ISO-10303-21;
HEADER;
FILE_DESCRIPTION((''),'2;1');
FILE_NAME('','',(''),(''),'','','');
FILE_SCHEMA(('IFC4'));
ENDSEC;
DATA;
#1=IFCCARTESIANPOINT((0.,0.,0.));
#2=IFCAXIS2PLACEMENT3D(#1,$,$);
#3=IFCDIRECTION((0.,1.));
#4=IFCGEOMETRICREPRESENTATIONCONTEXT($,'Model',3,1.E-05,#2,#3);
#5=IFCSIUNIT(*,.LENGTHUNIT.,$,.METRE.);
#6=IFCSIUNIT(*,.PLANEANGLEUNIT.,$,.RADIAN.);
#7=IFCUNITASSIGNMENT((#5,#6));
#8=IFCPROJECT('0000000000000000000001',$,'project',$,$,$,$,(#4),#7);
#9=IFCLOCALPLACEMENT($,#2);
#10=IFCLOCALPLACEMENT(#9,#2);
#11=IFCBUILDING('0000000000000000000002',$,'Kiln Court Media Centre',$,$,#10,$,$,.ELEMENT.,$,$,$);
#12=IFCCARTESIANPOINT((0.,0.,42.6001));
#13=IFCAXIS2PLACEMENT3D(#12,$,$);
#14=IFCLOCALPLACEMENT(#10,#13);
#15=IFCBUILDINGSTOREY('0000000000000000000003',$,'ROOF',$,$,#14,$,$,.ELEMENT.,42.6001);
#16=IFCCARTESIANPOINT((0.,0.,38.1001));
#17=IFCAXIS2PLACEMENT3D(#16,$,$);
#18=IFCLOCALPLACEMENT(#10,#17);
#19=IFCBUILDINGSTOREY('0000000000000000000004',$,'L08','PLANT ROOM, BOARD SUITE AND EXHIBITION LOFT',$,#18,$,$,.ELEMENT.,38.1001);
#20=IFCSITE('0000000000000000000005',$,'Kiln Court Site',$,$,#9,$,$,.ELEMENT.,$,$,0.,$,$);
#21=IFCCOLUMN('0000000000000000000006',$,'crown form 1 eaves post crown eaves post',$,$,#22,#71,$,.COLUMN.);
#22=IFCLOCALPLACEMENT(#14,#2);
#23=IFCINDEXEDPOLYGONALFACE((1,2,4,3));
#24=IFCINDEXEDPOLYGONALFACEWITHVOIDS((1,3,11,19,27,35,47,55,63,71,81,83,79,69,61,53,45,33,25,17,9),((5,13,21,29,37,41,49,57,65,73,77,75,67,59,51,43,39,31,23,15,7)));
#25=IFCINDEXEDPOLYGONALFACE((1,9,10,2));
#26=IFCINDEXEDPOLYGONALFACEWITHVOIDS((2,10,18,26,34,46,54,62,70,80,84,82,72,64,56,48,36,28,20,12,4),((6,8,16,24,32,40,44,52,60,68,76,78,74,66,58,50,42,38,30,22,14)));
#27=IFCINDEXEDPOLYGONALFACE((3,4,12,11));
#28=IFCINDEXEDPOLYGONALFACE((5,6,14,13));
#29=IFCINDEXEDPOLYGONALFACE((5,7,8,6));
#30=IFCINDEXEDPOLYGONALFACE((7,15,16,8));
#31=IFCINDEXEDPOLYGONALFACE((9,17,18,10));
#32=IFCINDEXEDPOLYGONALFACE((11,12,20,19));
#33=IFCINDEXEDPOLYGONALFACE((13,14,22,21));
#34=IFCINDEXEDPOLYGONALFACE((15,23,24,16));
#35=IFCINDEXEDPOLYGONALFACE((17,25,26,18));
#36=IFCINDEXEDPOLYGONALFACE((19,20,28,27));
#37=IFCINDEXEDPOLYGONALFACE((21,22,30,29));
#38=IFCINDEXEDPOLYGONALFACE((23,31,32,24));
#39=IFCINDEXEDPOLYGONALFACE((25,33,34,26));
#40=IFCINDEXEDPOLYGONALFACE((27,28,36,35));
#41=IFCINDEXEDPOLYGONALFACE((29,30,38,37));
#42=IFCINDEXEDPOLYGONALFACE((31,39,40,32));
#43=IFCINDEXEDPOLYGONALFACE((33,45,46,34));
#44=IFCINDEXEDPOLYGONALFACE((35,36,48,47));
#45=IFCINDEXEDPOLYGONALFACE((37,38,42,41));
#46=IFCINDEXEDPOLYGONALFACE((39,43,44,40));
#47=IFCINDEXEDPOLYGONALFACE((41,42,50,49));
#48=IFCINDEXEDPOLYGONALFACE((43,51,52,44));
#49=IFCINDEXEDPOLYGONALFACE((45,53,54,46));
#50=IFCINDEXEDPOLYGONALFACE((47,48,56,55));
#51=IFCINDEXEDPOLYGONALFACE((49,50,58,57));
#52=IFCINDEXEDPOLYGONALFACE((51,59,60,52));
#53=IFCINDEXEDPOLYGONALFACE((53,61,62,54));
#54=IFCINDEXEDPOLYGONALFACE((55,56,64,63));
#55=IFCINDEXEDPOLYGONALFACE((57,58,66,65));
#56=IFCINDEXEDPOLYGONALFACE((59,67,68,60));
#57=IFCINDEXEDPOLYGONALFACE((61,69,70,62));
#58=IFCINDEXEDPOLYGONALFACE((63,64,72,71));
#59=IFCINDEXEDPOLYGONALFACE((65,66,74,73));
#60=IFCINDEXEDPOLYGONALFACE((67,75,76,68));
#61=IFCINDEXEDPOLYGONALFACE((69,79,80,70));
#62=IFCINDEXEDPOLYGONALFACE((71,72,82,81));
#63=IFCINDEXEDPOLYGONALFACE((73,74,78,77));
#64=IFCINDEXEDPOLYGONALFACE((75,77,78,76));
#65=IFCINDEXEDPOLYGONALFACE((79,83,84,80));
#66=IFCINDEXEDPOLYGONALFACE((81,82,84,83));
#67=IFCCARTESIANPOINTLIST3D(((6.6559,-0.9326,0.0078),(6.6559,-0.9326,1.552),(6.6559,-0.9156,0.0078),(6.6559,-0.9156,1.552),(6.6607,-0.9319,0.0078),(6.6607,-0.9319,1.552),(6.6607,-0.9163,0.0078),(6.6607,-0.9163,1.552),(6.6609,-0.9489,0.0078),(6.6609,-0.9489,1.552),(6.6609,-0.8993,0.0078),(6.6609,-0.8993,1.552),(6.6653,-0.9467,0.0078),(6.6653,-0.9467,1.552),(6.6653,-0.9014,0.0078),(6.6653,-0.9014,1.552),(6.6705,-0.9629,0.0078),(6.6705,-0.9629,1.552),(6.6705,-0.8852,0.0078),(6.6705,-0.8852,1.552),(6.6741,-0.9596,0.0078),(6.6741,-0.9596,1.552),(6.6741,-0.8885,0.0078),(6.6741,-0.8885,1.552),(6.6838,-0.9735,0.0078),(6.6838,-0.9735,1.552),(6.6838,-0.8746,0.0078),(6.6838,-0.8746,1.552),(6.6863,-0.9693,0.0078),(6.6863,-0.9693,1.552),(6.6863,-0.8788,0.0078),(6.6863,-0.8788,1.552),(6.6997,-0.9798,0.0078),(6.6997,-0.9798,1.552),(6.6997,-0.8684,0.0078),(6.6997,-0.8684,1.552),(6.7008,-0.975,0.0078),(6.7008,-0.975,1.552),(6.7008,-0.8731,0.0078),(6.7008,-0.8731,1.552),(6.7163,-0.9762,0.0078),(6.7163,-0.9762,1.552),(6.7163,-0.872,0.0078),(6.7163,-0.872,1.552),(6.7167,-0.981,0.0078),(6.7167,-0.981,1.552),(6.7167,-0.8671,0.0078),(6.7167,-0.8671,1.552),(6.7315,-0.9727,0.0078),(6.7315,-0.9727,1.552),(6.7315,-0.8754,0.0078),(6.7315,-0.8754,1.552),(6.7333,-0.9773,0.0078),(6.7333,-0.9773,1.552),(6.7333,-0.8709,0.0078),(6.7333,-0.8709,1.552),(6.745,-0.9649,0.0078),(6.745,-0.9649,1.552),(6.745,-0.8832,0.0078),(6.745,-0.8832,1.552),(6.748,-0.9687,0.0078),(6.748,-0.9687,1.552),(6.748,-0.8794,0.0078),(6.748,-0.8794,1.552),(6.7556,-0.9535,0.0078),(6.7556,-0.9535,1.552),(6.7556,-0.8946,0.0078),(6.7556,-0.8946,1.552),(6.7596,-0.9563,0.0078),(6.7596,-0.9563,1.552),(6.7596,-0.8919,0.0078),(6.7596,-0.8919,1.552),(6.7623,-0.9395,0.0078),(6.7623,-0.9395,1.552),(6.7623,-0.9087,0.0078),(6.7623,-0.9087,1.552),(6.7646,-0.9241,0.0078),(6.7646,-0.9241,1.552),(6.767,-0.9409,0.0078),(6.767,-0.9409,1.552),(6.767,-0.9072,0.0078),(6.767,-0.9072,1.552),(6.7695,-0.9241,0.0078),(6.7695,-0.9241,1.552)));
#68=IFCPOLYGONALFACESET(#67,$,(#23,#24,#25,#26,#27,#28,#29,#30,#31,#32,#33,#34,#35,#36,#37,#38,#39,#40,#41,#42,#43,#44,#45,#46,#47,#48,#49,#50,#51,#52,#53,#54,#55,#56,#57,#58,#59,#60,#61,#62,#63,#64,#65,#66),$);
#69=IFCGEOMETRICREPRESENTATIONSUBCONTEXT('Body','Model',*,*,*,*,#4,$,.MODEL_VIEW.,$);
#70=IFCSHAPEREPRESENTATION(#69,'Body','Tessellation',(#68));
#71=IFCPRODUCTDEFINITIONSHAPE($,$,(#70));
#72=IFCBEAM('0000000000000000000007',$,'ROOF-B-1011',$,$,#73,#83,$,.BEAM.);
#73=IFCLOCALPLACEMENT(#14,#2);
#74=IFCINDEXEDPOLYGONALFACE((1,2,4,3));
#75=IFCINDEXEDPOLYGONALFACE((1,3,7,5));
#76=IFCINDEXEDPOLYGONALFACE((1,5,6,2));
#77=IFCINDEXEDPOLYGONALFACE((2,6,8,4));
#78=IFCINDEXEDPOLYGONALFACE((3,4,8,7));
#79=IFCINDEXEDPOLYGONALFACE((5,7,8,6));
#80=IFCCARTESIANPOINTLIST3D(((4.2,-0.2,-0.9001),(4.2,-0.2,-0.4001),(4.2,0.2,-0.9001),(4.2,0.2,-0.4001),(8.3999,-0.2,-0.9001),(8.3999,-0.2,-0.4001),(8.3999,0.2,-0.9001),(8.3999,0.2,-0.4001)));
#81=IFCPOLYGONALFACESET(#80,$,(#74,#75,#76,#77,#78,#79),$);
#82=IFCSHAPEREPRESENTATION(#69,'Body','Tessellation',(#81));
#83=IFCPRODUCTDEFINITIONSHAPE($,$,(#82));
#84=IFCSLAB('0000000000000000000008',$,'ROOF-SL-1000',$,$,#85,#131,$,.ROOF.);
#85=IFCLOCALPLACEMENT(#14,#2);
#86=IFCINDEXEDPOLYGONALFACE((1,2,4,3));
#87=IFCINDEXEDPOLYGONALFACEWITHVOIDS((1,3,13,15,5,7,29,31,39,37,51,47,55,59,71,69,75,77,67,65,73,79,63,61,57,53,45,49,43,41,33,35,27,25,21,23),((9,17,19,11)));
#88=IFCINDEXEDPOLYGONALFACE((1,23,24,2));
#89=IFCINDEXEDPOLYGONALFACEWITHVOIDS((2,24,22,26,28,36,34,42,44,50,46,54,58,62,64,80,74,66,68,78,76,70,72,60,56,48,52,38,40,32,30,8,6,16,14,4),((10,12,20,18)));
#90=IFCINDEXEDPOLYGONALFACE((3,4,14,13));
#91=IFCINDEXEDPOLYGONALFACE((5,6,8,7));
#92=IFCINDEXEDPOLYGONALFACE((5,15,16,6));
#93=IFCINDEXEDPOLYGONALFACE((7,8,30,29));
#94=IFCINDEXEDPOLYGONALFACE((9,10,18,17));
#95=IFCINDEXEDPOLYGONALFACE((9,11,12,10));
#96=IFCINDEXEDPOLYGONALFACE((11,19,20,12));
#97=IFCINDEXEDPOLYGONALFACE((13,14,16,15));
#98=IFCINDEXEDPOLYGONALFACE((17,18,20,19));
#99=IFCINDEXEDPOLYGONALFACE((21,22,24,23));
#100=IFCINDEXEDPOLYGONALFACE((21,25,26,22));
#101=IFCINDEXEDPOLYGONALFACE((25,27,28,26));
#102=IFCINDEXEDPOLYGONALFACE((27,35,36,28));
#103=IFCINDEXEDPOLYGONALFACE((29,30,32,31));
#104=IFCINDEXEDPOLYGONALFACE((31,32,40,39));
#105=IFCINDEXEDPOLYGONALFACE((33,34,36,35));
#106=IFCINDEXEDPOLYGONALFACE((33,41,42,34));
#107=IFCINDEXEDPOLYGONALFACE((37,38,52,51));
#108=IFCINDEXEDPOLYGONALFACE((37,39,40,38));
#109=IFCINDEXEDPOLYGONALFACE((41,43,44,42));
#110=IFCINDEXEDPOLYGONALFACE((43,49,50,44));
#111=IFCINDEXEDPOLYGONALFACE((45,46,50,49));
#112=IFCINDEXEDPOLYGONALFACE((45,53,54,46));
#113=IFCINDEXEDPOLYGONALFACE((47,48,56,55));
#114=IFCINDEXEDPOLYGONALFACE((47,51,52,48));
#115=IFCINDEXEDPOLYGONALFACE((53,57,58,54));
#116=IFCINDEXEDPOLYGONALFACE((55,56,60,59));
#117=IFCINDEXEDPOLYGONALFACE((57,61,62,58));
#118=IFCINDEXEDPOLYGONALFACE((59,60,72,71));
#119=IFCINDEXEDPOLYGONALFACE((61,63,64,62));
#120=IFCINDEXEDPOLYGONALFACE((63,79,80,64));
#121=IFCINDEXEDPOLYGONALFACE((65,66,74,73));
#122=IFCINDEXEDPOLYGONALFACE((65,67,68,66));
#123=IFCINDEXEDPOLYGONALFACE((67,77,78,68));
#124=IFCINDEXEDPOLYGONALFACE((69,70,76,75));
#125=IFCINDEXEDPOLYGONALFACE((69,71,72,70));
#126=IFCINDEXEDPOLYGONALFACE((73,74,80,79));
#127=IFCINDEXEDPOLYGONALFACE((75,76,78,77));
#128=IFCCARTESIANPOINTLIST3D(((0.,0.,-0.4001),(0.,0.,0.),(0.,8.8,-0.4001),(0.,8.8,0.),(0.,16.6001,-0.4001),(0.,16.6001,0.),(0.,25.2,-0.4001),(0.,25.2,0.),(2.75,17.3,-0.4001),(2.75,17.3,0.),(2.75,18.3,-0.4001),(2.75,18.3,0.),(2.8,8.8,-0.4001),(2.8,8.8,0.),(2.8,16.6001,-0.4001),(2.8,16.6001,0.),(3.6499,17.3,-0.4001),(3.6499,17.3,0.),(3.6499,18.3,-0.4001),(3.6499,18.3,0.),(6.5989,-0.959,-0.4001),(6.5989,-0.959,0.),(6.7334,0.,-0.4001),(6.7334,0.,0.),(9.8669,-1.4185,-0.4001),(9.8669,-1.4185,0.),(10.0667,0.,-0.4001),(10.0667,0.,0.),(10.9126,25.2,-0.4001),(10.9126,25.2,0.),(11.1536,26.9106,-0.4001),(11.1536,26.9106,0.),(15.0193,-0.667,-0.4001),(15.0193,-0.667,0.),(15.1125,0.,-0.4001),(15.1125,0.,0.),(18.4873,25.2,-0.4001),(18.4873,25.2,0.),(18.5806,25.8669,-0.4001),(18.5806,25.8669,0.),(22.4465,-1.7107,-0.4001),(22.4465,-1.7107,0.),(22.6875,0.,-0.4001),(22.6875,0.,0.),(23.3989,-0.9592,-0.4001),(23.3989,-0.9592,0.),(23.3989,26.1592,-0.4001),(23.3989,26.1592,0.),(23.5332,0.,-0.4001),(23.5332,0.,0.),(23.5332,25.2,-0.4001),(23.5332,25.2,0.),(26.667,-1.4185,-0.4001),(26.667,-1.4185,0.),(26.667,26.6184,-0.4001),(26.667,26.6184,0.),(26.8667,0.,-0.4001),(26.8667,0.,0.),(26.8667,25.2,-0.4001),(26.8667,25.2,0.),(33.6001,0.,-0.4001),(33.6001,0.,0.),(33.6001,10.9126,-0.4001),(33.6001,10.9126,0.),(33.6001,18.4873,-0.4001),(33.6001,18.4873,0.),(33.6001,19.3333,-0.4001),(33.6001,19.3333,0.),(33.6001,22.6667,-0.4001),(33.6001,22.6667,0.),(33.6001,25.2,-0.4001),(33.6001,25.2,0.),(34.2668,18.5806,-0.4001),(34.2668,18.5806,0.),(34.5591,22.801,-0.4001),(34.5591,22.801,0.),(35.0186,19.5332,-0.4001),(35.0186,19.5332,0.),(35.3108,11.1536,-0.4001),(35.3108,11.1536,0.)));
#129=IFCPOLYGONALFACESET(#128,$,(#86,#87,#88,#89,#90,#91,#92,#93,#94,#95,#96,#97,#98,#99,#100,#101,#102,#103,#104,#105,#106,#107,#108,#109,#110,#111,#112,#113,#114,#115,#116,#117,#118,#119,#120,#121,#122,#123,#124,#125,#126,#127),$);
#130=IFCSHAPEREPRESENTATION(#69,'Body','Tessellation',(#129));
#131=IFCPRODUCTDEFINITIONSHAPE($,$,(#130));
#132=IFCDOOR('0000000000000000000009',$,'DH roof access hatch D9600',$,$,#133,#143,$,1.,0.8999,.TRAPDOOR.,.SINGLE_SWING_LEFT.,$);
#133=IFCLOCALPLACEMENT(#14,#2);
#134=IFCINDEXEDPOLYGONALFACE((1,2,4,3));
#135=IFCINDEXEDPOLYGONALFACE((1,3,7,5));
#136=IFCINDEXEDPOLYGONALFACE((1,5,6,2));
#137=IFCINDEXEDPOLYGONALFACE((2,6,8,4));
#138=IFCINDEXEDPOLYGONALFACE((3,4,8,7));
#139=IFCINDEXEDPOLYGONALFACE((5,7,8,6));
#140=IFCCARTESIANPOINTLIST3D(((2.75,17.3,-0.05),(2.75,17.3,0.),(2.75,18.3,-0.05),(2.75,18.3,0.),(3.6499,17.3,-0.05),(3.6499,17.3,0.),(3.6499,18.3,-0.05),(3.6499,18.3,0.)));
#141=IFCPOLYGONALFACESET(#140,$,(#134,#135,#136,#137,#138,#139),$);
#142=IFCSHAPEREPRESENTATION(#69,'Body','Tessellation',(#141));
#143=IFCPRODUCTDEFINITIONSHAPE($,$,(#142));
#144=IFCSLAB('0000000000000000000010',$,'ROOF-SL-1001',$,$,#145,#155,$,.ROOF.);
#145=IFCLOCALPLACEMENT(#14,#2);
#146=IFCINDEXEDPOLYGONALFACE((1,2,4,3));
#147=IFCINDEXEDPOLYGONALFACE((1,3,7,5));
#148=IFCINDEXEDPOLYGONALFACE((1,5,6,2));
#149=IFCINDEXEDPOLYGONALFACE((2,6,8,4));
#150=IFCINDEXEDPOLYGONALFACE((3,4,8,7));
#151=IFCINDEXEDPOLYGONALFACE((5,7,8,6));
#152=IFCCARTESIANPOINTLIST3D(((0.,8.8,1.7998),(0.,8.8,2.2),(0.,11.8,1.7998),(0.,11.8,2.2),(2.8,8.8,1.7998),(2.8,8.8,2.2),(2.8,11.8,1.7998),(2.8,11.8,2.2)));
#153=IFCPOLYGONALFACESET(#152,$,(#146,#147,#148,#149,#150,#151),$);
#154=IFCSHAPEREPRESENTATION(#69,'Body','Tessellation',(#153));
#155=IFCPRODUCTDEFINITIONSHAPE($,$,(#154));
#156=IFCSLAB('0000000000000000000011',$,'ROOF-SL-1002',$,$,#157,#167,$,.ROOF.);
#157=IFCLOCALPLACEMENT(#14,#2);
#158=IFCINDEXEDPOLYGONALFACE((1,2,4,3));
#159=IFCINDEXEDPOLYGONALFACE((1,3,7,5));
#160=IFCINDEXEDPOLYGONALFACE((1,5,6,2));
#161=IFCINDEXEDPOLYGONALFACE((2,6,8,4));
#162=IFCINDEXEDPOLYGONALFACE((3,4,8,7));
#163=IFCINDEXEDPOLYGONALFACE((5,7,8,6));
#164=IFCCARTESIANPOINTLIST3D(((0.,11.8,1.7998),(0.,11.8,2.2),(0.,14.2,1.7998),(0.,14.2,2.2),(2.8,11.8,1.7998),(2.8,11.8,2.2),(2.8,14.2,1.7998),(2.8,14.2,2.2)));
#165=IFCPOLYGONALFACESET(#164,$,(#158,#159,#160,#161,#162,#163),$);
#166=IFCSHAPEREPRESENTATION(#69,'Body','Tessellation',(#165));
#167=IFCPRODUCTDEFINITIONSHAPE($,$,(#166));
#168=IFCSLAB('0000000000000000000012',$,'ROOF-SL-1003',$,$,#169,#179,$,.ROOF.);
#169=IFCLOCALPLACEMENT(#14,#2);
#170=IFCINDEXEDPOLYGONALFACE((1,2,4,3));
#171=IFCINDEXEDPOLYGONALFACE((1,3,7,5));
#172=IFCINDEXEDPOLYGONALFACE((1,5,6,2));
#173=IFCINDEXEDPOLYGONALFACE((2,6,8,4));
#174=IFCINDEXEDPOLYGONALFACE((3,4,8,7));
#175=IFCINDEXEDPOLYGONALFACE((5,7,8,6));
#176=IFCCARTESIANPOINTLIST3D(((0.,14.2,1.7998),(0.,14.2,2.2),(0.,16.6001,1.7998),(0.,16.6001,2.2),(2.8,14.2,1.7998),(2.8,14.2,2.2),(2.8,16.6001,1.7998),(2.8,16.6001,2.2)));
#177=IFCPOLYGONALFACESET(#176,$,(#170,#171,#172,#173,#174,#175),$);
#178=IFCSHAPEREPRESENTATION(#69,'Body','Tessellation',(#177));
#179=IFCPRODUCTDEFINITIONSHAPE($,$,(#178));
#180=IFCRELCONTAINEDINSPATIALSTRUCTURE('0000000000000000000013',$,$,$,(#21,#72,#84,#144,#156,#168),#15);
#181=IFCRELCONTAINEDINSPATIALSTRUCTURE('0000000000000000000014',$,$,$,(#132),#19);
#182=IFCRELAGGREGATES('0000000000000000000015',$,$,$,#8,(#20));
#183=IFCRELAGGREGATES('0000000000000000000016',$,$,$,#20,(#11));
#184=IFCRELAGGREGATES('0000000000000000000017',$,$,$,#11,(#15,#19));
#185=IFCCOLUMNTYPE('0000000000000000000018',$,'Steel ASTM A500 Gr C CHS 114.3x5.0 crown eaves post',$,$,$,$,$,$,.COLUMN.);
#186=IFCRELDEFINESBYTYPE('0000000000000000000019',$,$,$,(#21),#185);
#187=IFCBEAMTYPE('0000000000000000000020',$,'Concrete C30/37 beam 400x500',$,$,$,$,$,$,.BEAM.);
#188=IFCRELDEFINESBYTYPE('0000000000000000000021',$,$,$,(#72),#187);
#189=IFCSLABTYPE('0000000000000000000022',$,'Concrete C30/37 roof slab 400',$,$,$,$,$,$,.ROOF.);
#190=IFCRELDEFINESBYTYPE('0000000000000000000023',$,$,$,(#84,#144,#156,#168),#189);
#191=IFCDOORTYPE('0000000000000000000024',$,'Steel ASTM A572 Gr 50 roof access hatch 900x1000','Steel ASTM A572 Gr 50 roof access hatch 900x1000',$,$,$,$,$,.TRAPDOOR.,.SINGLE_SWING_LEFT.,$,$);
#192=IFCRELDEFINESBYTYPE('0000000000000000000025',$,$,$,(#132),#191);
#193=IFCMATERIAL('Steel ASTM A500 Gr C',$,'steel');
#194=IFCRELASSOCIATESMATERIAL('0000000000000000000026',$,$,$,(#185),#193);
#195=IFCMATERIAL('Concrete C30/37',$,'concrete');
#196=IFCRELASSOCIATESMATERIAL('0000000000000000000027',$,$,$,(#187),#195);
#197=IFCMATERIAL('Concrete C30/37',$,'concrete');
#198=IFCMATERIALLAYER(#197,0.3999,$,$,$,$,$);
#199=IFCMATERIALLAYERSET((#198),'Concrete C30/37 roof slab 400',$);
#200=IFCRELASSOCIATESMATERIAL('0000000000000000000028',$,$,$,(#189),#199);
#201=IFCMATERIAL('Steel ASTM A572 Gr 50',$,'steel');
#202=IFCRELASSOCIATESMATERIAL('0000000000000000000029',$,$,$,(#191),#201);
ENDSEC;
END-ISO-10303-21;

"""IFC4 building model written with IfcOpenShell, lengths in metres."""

from ifc_helpers import new_model, si_unit, direction, frame, origin, origin_2d, place, context, subcontext, project, spatial, polyline, rectangle, hollow_circle, outline, extrude, material, layer, layer_set, material_profile, profile_set, type_object, element, fill, save


model = new_model("IFC4")

# Units and contexts
model_context = context("Model", 3, precision=1e-05, world=origin(), true_north=direction((0.0, 1.0)))
body_context = subcontext(model_context, "Body", "Model", "MODEL_VIEW")
ifc_project = project(units=[si_unit("LENGTHUNIT", "METRE"), si_unit("PLANEANGLEUNIT", "RADIAN")], contexts=[model_context])

# Site, building, storey
site_placement = place(None, origin())
site = spatial("IfcSite", under=ifc_project, at=site_placement, Name="Kiln Court Site", CompositionType="ELEMENT", RefElevation=0.0)
building_placement = place(site_placement, origin())
building = spatial("IfcBuilding", under=site, at=building_placement, Name="Kiln Court Media Centre", CompositionType="ELEMENT")
storey_1_placement = place(building_placement, frame((0.0, 0.0, 42.6001)))
storey_1 = spatial("IfcBuildingStorey", under=building, at=storey_1_placement, Name="ROOF", CompositionType="ELEMENT", Elevation=42.6001)

# Column
ifc_material_1 = material(Name="Steel ASTM A500 Gr C", Category="steel")
ifc_material_profile_1 = material_profile(ifc_material_1, hollow_circle(Radius=0.0571, WallThickness=0.0049, at=origin_2d()), Name="CHS 114.3x5.0")
ifc_profile_set_1 = profile_set([ifc_material_profile_1], Name="Steel ASTM A500 Gr C")
column_type = type_object("IfcColumnType", Name="Steel ASTM A500 Gr C CHS 114.3x5.0 crown eaves post", PredefinedType="COLUMN", material=ifc_profile_set_1)
column_placement = place(storey_1_placement, frame((6.7124, -0.9241, 0.0078), z_axis=(0.0, 0.0, 1.0), x_axis=(1.0, 0.0, 0.0)))
element("IfcColumn", 1, at=column_placement, inside=storey_1, type_object=column_type, Name="crown form 1 eaves post crown eaves post", PredefinedType="COLUMN", context=body_context, shape_type="SweptSolid", body=[
    extrude(hollow_circle(Radius=0.0571, WallThickness=0.0049, at=origin_2d()), origin(), (0.0, 0.0, 1.0), 1.5442),
])

# Beam
ifc_material_2 = material(Name="Concrete C30/37", Category="concrete")
ifc_material_profile_2 = material_profile(ifc_material_2, rectangle(XDim=0.3999, YDim=0.5, at=origin_2d()), Name="RC 400x500")
ifc_profile_set_2 = profile_set([ifc_material_profile_2], Name="Concrete C30/37")
beam_type = type_object("IfcBeamType", Name="Concrete C30/37 beam 400x500", PredefinedType="BEAM", material=ifc_profile_set_2)
beam_placement = place(storey_1_placement, frame((4.2, 0.0, -0.6501), z_axis=(1.0, 0.0, 0.0), x_axis=(0.0, 1.0, 0.0)))
element("IfcBeam", 2, at=beam_placement, inside=storey_1, type_object=beam_type, Name="ROOF-B-1011", PredefinedType="BEAM", context=body_context, shape_type="SweptSolid", body=[
    extrude(rectangle(XDim=0.3999, YDim=0.5, at=origin_2d()), origin(), (0.0, 0.0, 1.0), 4.2),
])

# Slab, opening
ifc_material_3 = material(Name="Concrete C30/37", Category="concrete")
ifc_layer_1 = layer(ifc_material_3, 0.3999)
ifc_layer_set_1 = layer_set([ifc_layer_1], Name="Concrete C30/37 roof slab 400")
slab_type = type_object("IfcSlabType", Name="Concrete C30/37 roof slab 400", PredefinedType="ROOF", material=ifc_layer_set_1)
slab_1_placement = place(storey_1_placement, frame((0.0, 0.0, -0.4001)))
slab_1 = element("IfcSlab", 3, at=slab_1_placement, inside=storey_1, type_object=slab_type, Name="ROOF-SL-1000", PredefinedType="ROOF", context=body_context, shape_type="SweptSolid", body=[
    extrude(outline(polyline([(22.4465, -1.7107), (15.0193, -0.667), (15.1125, 0.0), (10.0667, 0.0), (9.8669, -1.4185), (6.5989, -0.959), (6.7334, 0.0), (0.0, 0.0), (0.0, 8.8), (2.8, 8.8), (2.8, 16.6001), (0.0, 16.6001), (0.0, 25.2), (10.9126, 25.2), (11.1536, 26.9106), (18.5806, 25.8669), (18.4873, 25.2), (23.5332, 25.2), (23.3989, 26.1592), (26.667, 26.6184), (26.8667, 25.2), (33.6001, 25.2), (33.6001, 22.6667), (34.5591, 22.801), (35.0186, 19.5332), (33.6001, 19.3333), (33.6001, 18.4873), (34.2668, 18.5806), (35.3108, 11.1536), (33.6001, 10.9126), (33.6001, 0.0), (26.8667, 0.0), (26.667, -1.4185), (23.3989, -0.9592), (23.5332, 0.0), (22.6875, 0.0), (22.4465, -1.7107)]), holes=[polyline([(2.75, 17.3), (3.6499, 17.3), (3.6499, 18.3), (2.75, 18.3), (2.75, 17.3)])]), origin(), (0.0, 0.0, 1.0), 0.4001),
])
opening_1_placement = place(slab_1_placement, frame((3.2, 17.8, 0.0)))
opening_1 = element("IfcOpeningElement", 4, at=opening_1_placement, cuts=slab_1, PredefinedType="OPENING", context=body_context, shape_type="SweptSolid", body=[
    extrude(rectangle(XDim=0.8999, YDim=1.0, at=origin_2d()), frame((0.0, 0.0, -0.01)), (0.0, 0.0, 1.0), 0.4202),
])

# Shared definitions
storey_2_placement = place(building_placement, frame((0.0, 0.0, 38.1001)))
storey_2 = spatial("IfcBuildingStorey", under=building, at=storey_2_placement, Name="L08", Description="PLANT ROOM, BOARD SUITE AND EXHIBITION LOFT", CompositionType="ELEMENT", Elevation=38.1001)

# Door
ifc_material_4 = material(Name="Steel ASTM A572 Gr 50", Category="steel")
door_type = type_object("IfcDoorType", Name="Steel ASTM A572 Gr 50 roof access hatch 900x1000", Description="Steel ASTM A572 Gr 50 roof access hatch 900x1000", OperationType="SINGLE_SWING_LEFT", PredefinedType="TRAPDOOR", material=ifc_material_4)
door_placement = place(opening_1_placement, frame((0.0, 0.0, 0.3501)))
door = element("IfcDoor", 5, at=door_placement, inside=storey_2, type_object=door_type, Name="DH roof access hatch D9600", OperationType="SINGLE_SWING_LEFT", OverallHeight=1.0, OverallWidth=0.8999, PredefinedType="TRAPDOOR", context=body_context, shape_type="SweptSolid", body=[
    extrude(rectangle(XDim=0.8999, YDim=1.0, at=origin_2d()), origin(), (0.0, 0.0, 1.0), 0.05),
])
fill(opening_1, door)

# Slabs
slab_2_placement = place(storey_1_placement, frame((0.0, 0.0, 1.7998)))
element("IfcSlab", 6, at=slab_2_placement, inside=storey_1, type_object=slab_type, Name="ROOF-SL-1001", PredefinedType="ROOF", context=body_context, shape_type="SweptSolid", body=[
    extrude(outline(polyline([(0.0, 8.8), (0.0, 11.8), (2.8, 11.8), (2.8, 8.8), (0.0, 8.8)])), origin(), (0.0, 0.0, 1.0), 0.4001),
])
slab_3_placement = place(storey_1_placement, frame((0.0, 0.0, 1.7998)))
element("IfcSlab", 7, at=slab_3_placement, inside=storey_1, type_object=slab_type, Name="ROOF-SL-1002", PredefinedType="ROOF", context=body_context, shape_type="SweptSolid", body=[
    extrude(outline(polyline([(0.0, 11.8), (0.0, 14.2), (2.8, 14.2), (2.8, 11.8), (0.0, 11.8)])), origin(), (0.0, 0.0, 1.0), 0.4001),
])
slab_4_placement = place(storey_1_placement, frame((0.0, 0.0, 1.7998)))
element("IfcSlab", 8, at=slab_4_placement, inside=storey_1, type_object=slab_type, Name="ROOF-SL-1003", PredefinedType="ROOF", context=body_context, shape_type="SweptSolid", body=[
    extrude(outline(polyline([(0.0, 14.2), (0.0, 16.6001), (2.8, 16.6001), (2.8, 14.2), (0.0, 14.2)])), origin(), (0.0, 0.0, 1.0), 0.4001),
])

save(model, "model.ifc")
